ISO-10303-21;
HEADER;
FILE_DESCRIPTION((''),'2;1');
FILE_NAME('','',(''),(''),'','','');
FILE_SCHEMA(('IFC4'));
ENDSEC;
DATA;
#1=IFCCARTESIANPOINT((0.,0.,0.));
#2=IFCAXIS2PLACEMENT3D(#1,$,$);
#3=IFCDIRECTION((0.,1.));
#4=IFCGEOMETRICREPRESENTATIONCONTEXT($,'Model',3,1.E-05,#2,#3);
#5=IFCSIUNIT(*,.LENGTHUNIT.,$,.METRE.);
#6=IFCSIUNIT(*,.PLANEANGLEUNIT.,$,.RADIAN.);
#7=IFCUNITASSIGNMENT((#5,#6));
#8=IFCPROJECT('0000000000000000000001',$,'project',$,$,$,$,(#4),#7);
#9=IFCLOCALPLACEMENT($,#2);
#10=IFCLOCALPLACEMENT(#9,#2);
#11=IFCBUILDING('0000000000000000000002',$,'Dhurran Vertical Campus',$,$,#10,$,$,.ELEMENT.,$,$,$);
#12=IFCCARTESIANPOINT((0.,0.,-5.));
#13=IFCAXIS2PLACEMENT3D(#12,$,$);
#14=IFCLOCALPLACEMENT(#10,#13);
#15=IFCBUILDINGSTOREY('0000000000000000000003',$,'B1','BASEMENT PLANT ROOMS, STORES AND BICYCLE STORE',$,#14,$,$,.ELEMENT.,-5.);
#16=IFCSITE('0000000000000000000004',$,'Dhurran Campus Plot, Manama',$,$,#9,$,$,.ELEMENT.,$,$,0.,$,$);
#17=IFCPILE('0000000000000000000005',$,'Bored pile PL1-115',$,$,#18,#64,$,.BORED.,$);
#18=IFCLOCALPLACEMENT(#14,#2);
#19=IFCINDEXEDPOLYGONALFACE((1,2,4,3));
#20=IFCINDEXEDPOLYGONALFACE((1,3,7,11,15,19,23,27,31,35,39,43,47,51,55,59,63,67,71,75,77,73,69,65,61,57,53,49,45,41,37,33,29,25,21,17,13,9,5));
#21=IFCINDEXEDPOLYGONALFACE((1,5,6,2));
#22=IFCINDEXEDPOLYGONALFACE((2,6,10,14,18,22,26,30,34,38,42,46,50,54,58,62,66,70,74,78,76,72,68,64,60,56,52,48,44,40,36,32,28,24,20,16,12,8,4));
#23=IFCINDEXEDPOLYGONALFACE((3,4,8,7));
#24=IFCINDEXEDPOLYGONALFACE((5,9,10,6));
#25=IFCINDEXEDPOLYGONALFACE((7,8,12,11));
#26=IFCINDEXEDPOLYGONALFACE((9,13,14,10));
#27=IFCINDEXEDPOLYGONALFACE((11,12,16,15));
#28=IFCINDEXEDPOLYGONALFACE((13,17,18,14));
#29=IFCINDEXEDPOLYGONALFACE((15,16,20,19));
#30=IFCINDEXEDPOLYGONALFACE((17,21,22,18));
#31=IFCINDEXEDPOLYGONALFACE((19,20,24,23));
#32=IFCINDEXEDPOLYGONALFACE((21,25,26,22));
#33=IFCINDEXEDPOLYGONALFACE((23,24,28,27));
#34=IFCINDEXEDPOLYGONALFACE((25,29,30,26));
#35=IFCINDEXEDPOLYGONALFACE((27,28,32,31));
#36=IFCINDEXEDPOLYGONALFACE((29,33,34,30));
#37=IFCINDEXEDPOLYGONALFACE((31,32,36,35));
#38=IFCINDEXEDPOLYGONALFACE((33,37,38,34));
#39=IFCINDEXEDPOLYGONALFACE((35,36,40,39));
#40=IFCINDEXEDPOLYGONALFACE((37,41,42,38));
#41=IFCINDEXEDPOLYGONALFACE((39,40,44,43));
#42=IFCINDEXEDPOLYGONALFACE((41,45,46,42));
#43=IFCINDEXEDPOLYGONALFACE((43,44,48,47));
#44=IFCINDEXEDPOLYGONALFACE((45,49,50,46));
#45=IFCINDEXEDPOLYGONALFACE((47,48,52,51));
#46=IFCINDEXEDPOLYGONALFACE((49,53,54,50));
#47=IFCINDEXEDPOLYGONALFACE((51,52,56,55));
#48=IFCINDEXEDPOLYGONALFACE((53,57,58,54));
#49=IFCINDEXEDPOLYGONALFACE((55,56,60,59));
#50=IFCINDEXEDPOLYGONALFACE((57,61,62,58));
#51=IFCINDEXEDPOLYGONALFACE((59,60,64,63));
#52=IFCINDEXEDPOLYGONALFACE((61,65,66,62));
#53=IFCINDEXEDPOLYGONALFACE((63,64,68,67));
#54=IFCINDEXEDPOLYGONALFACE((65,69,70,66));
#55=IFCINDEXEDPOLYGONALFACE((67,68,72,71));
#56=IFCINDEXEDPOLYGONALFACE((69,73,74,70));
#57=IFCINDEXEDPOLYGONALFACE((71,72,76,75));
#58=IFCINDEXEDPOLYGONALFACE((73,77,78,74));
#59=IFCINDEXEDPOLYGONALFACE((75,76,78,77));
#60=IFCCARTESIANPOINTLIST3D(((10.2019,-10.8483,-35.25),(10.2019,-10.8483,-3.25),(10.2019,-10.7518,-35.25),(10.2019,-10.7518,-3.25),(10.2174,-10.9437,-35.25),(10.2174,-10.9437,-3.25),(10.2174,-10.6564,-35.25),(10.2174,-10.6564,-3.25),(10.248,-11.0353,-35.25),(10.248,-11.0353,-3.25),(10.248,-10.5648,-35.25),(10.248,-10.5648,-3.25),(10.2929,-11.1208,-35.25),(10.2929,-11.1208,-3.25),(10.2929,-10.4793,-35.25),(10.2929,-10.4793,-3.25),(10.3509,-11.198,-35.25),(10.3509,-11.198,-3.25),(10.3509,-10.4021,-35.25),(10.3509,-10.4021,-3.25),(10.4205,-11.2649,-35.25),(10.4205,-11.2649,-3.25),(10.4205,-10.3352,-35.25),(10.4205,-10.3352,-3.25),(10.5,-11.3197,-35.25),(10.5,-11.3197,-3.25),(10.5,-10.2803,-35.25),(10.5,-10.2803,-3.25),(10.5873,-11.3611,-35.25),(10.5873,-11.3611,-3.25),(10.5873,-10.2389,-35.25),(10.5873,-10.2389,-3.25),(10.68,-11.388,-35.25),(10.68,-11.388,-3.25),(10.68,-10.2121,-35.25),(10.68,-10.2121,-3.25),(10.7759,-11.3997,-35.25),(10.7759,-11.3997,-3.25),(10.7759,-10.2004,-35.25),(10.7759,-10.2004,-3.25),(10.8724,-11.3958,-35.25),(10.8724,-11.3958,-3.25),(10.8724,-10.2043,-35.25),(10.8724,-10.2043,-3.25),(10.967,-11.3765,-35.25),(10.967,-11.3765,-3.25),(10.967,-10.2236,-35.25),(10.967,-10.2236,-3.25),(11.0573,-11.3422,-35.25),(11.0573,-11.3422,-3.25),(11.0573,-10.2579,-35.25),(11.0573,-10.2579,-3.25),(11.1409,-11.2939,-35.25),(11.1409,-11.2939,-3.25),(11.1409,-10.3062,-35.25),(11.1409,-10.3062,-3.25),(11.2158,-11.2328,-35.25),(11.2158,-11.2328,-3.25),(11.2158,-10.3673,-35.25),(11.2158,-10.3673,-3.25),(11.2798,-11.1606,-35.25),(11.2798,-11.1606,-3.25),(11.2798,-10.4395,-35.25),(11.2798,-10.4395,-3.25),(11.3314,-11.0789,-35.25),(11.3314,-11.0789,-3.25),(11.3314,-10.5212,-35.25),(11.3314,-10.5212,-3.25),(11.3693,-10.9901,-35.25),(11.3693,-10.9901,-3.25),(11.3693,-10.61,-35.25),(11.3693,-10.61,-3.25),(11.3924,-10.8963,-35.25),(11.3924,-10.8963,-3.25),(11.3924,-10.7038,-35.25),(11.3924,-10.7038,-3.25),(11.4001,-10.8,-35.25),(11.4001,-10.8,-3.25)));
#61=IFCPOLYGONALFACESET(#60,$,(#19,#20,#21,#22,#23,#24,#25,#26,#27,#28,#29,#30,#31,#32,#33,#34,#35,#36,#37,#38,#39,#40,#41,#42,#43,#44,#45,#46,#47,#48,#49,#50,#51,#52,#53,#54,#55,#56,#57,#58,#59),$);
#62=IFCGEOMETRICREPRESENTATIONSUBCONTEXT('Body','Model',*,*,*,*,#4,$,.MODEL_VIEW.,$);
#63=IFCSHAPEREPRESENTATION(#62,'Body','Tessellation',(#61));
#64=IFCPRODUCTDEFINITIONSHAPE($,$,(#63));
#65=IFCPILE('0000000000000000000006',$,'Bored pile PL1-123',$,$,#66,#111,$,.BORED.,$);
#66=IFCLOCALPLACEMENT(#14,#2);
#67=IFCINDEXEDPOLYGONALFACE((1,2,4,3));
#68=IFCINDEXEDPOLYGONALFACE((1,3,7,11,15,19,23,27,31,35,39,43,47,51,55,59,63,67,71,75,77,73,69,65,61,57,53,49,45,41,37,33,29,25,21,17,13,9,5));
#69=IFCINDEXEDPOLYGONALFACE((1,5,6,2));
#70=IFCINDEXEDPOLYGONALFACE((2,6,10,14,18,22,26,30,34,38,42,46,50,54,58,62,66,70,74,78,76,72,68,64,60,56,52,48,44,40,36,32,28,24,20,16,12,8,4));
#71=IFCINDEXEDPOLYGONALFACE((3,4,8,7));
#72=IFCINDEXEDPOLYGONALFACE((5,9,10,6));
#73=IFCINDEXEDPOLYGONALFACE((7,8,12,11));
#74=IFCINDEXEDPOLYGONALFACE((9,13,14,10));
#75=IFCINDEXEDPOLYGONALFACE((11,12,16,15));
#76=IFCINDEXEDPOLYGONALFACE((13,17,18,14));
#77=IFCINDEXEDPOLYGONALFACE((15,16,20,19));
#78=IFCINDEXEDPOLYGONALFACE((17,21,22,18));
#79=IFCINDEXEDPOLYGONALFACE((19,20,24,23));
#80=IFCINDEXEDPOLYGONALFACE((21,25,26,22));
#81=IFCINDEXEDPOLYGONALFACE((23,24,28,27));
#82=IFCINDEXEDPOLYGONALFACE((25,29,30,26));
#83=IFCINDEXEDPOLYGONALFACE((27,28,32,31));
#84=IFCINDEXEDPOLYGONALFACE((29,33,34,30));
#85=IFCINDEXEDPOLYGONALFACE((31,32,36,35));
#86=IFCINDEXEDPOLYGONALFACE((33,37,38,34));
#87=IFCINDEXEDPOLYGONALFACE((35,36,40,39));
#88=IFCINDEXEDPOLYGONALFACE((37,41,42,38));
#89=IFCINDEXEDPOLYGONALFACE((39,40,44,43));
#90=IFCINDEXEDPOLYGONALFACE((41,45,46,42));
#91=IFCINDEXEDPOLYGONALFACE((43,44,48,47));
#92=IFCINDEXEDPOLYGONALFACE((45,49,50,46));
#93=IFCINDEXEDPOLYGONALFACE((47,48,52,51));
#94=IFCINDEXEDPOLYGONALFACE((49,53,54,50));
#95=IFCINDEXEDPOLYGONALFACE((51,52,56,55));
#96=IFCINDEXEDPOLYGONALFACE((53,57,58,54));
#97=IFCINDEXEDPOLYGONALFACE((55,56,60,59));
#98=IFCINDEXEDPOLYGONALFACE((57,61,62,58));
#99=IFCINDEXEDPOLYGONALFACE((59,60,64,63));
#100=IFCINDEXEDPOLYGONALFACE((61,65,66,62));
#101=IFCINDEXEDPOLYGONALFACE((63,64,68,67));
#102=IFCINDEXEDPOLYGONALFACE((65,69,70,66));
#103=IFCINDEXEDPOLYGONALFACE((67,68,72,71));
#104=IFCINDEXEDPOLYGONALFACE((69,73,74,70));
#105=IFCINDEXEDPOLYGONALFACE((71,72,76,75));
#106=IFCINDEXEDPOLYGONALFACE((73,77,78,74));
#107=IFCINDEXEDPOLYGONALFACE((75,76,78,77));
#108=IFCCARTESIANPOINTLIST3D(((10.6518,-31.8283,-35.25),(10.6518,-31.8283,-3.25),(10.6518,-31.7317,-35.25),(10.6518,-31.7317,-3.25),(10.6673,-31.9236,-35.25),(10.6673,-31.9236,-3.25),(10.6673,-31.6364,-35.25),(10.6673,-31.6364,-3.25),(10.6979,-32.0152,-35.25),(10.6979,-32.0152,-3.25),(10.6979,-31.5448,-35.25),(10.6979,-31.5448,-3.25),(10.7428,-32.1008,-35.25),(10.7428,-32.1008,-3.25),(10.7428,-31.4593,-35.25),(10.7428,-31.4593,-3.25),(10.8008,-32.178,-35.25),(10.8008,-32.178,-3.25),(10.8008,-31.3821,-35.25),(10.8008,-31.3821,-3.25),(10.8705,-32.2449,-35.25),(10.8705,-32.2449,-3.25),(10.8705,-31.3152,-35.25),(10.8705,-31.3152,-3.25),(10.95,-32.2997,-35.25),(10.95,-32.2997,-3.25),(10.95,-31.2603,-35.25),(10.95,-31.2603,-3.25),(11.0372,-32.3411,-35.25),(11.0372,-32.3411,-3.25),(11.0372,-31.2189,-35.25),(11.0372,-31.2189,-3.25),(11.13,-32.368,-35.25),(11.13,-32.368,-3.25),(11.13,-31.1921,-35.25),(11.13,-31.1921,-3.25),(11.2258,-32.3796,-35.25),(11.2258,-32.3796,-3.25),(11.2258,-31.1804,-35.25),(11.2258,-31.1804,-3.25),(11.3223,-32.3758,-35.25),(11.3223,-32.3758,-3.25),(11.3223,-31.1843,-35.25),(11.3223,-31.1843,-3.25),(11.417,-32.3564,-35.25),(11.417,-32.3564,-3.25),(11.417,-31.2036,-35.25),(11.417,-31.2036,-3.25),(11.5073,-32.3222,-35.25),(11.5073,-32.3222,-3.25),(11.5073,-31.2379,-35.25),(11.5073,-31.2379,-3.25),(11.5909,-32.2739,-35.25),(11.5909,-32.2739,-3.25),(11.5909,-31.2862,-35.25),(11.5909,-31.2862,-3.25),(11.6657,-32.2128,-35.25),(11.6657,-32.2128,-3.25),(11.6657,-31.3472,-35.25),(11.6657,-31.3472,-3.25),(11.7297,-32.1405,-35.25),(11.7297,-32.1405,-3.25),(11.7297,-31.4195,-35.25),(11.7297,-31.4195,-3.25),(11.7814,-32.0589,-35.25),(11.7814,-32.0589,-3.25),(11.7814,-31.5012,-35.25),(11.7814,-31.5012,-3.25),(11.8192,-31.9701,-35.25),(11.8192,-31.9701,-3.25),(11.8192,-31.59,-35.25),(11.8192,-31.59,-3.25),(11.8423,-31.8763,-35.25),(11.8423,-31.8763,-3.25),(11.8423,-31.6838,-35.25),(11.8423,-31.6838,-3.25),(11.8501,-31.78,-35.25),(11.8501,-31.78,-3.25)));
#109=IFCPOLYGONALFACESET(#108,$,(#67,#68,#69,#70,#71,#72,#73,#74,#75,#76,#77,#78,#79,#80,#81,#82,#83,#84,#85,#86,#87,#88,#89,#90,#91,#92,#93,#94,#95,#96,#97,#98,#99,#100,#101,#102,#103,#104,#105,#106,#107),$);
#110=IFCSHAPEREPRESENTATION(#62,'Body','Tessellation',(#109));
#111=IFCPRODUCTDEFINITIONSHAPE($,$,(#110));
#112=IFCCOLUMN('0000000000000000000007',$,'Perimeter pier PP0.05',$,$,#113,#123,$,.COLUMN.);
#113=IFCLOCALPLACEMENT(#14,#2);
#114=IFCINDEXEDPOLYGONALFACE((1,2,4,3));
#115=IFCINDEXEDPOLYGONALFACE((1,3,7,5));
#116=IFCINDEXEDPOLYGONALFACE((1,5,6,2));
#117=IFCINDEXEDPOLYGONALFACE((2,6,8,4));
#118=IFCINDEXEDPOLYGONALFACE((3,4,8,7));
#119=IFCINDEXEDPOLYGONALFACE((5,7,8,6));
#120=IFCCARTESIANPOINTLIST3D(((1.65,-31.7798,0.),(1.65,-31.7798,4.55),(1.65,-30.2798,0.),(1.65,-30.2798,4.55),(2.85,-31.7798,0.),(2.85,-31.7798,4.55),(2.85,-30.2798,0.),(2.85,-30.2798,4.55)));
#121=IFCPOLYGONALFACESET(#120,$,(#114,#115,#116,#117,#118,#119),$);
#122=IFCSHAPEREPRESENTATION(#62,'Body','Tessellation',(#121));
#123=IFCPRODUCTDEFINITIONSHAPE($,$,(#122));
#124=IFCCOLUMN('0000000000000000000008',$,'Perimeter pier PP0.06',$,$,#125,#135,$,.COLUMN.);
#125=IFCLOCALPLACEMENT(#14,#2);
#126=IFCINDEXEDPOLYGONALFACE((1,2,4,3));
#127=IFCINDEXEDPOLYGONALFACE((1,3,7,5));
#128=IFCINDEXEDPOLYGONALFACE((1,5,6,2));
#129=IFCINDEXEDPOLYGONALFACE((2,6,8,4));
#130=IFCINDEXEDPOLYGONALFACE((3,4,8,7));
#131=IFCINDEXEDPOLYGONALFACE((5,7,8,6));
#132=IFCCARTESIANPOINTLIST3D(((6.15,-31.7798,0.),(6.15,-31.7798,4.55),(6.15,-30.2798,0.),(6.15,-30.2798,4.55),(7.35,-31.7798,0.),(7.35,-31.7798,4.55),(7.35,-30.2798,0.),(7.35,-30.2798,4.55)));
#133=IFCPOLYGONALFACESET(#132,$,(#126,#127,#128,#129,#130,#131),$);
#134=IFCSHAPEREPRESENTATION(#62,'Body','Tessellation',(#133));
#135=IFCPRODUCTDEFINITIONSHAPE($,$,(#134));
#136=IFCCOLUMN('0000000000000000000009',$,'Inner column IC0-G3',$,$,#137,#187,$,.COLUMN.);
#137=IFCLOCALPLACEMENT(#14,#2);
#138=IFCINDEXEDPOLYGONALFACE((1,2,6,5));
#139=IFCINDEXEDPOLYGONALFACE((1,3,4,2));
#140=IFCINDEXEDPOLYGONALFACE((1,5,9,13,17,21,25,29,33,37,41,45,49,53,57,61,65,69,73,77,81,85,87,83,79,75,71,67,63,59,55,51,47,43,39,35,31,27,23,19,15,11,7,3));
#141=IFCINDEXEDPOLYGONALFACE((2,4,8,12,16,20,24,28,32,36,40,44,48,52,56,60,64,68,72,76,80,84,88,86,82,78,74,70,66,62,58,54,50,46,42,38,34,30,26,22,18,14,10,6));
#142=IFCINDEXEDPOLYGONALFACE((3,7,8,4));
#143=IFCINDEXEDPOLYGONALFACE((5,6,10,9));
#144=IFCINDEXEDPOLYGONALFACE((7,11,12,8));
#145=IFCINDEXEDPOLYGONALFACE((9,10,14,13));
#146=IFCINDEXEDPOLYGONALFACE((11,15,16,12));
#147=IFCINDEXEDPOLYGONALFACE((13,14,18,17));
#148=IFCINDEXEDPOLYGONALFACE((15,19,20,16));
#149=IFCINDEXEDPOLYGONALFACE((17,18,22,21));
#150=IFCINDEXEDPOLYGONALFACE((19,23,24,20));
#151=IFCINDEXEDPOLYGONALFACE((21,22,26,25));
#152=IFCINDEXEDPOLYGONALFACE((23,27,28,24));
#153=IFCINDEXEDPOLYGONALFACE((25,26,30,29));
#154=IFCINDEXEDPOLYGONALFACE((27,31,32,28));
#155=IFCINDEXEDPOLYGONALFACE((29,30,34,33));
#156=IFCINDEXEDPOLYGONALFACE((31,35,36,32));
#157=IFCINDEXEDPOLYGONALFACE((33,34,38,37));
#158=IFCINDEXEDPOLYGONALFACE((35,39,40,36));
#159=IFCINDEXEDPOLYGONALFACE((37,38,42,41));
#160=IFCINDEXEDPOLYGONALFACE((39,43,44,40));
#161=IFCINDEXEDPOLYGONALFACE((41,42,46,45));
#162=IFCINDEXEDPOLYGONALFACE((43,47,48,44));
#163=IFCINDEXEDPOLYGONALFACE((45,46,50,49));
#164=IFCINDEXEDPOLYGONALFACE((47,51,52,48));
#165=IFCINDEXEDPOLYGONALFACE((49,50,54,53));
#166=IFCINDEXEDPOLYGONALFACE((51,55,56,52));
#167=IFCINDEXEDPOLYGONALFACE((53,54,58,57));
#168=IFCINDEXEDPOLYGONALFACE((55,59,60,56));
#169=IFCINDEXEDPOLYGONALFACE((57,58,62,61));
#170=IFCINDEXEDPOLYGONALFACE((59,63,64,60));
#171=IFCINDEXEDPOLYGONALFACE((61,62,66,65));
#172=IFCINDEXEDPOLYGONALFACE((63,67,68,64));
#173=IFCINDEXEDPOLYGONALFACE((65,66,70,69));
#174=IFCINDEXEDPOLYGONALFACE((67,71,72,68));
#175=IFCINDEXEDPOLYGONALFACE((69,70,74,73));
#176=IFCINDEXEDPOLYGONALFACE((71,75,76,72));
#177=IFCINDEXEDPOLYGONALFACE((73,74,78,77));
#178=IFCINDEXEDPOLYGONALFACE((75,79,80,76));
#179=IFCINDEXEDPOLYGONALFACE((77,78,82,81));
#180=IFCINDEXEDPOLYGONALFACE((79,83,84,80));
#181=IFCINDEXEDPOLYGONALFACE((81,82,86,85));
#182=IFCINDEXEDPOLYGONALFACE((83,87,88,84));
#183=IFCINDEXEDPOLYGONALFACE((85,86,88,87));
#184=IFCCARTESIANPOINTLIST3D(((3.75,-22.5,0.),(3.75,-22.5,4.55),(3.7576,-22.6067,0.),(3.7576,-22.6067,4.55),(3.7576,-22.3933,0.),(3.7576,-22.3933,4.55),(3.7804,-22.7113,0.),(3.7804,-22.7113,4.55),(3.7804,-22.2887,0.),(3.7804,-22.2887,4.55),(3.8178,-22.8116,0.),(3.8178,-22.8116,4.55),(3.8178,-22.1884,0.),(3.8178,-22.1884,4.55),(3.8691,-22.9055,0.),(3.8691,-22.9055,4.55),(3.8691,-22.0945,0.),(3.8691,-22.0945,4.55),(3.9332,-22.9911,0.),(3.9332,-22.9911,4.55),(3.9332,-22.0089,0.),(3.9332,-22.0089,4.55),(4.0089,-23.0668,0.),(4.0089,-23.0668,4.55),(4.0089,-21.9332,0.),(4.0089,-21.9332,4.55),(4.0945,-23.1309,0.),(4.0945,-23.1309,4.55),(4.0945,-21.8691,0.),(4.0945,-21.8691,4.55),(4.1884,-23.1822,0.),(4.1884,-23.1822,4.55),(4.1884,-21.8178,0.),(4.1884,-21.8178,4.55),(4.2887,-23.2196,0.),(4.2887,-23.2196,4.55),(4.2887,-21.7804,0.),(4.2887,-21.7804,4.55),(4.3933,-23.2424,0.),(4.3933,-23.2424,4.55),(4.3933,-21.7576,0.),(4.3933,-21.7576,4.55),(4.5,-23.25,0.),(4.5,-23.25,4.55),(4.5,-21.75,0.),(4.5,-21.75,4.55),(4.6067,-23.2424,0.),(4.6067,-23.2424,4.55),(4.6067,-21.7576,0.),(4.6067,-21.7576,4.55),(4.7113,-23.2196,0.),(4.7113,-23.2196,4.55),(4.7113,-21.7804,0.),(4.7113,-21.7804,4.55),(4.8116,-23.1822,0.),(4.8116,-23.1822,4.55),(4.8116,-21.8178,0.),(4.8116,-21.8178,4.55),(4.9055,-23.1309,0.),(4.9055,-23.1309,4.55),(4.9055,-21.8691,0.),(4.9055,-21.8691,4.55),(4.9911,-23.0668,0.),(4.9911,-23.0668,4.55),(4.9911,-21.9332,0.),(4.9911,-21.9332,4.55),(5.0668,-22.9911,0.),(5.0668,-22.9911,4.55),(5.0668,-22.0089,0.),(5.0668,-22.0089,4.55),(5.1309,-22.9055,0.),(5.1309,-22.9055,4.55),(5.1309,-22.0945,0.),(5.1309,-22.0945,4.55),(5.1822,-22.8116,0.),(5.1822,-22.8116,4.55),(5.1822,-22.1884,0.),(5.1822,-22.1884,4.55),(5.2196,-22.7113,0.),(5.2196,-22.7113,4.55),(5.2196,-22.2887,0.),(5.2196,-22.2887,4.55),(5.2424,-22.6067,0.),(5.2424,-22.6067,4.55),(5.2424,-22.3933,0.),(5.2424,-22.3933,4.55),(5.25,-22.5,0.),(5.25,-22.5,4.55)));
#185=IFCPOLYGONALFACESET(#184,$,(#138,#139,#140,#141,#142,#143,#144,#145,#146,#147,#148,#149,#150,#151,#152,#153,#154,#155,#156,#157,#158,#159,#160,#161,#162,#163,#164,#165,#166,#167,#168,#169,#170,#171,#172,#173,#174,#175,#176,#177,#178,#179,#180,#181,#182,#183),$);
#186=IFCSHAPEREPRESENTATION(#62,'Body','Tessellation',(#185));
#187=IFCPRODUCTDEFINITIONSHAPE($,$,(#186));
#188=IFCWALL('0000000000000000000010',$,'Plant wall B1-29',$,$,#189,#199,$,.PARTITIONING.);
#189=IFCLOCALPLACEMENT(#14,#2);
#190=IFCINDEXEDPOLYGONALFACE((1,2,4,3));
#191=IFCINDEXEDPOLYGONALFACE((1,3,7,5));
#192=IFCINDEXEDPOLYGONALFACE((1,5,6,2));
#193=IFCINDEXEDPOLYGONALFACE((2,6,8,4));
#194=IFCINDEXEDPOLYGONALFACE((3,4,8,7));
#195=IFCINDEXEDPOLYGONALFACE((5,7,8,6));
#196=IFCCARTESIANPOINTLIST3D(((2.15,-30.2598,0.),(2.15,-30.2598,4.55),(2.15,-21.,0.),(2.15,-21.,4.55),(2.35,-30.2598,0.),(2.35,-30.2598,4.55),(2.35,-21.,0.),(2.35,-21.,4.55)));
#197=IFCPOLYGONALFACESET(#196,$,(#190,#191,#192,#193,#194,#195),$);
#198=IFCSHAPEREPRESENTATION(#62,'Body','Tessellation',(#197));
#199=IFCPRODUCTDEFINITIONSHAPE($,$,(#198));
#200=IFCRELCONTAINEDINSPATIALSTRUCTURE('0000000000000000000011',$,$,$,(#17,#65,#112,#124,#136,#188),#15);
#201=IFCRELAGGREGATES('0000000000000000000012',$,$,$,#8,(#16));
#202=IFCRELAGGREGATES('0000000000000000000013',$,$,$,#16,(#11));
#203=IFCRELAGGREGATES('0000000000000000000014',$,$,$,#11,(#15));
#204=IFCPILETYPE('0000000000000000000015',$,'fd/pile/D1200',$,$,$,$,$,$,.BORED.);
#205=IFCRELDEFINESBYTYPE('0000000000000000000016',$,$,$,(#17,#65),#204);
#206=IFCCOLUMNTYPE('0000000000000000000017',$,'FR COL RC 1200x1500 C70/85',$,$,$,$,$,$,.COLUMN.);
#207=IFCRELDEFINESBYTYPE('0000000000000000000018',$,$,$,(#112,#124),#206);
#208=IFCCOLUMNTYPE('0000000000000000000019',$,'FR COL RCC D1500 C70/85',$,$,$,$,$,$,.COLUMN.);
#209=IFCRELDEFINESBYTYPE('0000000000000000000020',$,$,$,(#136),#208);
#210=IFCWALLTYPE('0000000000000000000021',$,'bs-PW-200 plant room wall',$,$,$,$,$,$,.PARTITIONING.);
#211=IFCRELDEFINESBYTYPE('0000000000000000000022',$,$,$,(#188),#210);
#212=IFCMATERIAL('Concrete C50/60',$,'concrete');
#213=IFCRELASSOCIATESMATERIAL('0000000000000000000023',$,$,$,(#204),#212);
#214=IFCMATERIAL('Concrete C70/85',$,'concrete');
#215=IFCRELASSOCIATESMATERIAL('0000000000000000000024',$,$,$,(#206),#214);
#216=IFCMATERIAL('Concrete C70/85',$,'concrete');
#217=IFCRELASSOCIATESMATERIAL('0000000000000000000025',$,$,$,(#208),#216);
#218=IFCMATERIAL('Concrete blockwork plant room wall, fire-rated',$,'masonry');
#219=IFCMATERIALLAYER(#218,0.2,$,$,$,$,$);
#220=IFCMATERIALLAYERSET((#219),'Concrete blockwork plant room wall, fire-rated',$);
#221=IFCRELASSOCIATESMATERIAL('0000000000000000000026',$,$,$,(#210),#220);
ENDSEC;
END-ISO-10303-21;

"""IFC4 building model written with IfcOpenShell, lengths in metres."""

from ifc_helpers import new_model, si_unit, direction, frame, frame_2d, origin, origin_2d, place, context, subcontext, project, spatial, rectangle, circle, extrude, material, layer, layer_set, material_profile, profile_set, type_object, element, save


model = new_model("IFC4")

# Units and contexts
model_context = context("Model", 3, precision=1e-05, world=origin(), true_north=direction((0.0, 1.0)))
body_context = subcontext(model_context, "Body", "Model", "MODEL_VIEW")
ifc_project = project(units=[si_unit("LENGTHUNIT", "METRE"), si_unit("PLANEANGLEUNIT", "RADIAN")], contexts=[model_context])

# Site, building, storey
site_placement = place(None, origin())
site = spatial("IfcSite", under=ifc_project, at=site_placement, Name="Dhurran Campus Plot, Manama", CompositionType="ELEMENT", RefElevation=0.0)
building_placement = place(site_placement, origin())
building = spatial("IfcBuilding", under=site, at=building_placement, Name="Dhurran Vertical Campus", CompositionType="ELEMENT")
storey_placement = place(building_placement, frame((0.0, 0.0, -5.0)))
storey = spatial("IfcBuildingStorey", under=building, at=storey_placement, Name="B1", Description="BASEMENT PLANT ROOMS, STORES AND BICYCLE STORE", CompositionType="ELEMENT", Elevation=-5.0)

# Piles
ifc_material_1 = material(Name="Concrete C50/60", Category="concrete")
ifc_material_profile_1 = material_profile(ifc_material_1, circle(Radius=0.6001, at=origin_2d()), Name="fd/pile/D1200")
ifc_profile_set_1 = profile_set([ifc_material_profile_1], Name="Concrete C50/60")
pile_type = type_object("IfcPileType", Name="fd/pile/D1200", PredefinedType="BORED", material=ifc_profile_set_1)
for number, where, z_axis, x_axis, name in (
    (1, (10.8, -10.8, -3.25), (0.0, 0.0, -1.0), (1.0, 0.0, 0.0), "Bored pile PL1-115"),
    (2, (11.25, -31.78, -3.25), (0.0, 0.0, -1.0), (1.0, 0.0, 0.0), "Bored pile PL1-123"),
):
    element("IfcPile", number, at=place(storey_placement, frame(where, z_axis=z_axis, x_axis=x_axis)), inside=storey, type_object=pile_type, Name=name, PredefinedType="BORED", context=body_context, shape_type="SweptSolid", body=[
        extrude(circle(Radius=0.6001, at=origin_2d()), origin(), (0.0, 0.0, 1.0), 32.0),
    ])

# Columns
ifc_material_2 = material(Name="Concrete C70/85", Category="concrete")
ifc_material_profile_2 = material_profile(ifc_material_2, rectangle(XDim=1.2, YDim=1.5, at=origin_2d()), Name="RC 1200x1500")
ifc_profile_set_2 = profile_set([ifc_material_profile_2], Name="Concrete C70/85")
column_type_1 = type_object("IfcColumnType", Name="FR COL RC 1200x1500 C70/85", PredefinedType="COLUMN", material=ifc_profile_set_2)
for number, where, z_axis, x_axis, name in (
    (3, (2.25, -31.0298, 0.0), (0.0, 0.0, 1.0), (1.0, 0.0, 0.0), "Perimeter pier PP0.05"),
    (4, (6.75, -31.0298, 0.0), (0.0, 0.0, 1.0), (1.0, 0.0, 0.0), "Perimeter pier PP0.06"),
):
    element("IfcColumn", number, at=place(storey_placement, frame(where, z_axis=z_axis, x_axis=x_axis)), inside=storey, type_object=column_type_1, Name=name, PredefinedType="COLUMN", context=body_context, shape_type="SweptSolid", body=[
        extrude(rectangle(XDim=1.2, YDim=1.5, at=origin_2d()), origin(), (0.0, 0.0, 1.0), 4.55),
    ])
ifc_material_3 = material(Name="Concrete C70/85", Category="concrete")
ifc_material_profile_3 = material_profile(ifc_material_3, circle(Radius=0.75, at=origin_2d()), Name="RCC D1500")
ifc_profile_set_3 = profile_set([ifc_material_profile_3], Name="Concrete C70/85")
column_type_2 = type_object("IfcColumnType", Name="FR COL RCC D1500 C70/85", PredefinedType="COLUMN", material=ifc_profile_set_3)
column_placement = place(storey_placement, frame((4.5, -22.5, 0.0), z_axis=(0.0, 0.0, 1.0), x_axis=(1.0, 0.0, 0.0)))
element("IfcColumn", 5, at=column_placement, inside=storey, type_object=column_type_2, Name="Inner column IC0-G3", PredefinedType="COLUMN", context=body_context, shape_type="SweptSolid", body=[
    extrude(circle(Radius=0.75, at=origin_2d()), origin(), (0.0, 0.0, 1.0), 4.55),
])

# Wall
ifc_material_4 = material(Name="Concrete blockwork plant room wall, fire-rated", Category="masonry")
ifc_layer_1 = layer(ifc_material_4, 0.2)
ifc_layer_set_1 = layer_set([ifc_layer_1], Name="Concrete blockwork plant room wall, fire-rated")
wall_type_1 = type_object("IfcWallType", Name="bs-PW-200 plant room wall", PredefinedType="PARTITIONING", material=ifc_layer_set_1)
wall_1_placement = place(storey_placement, frame((2.25, -21.0, 0.0), z_axis=(0.0, 0.0, 1.0), x_axis=(0.0, -1.0, 0.0)))
element("IfcWall", 6, at=wall_1_placement, inside=storey, type_object=wall_type_1, Name="Plant wall B1-29", PredefinedType="PARTITIONING", context=body_context, shape_type="SweptSolid", body=[
    extrude(rectangle(XDim=9.2598, YDim=0.2, at=frame_2d((4.6299, 0.0))), origin(), (0.0, 0.0, 1.0), 4.55),
])

save(model, "model.ifc")
